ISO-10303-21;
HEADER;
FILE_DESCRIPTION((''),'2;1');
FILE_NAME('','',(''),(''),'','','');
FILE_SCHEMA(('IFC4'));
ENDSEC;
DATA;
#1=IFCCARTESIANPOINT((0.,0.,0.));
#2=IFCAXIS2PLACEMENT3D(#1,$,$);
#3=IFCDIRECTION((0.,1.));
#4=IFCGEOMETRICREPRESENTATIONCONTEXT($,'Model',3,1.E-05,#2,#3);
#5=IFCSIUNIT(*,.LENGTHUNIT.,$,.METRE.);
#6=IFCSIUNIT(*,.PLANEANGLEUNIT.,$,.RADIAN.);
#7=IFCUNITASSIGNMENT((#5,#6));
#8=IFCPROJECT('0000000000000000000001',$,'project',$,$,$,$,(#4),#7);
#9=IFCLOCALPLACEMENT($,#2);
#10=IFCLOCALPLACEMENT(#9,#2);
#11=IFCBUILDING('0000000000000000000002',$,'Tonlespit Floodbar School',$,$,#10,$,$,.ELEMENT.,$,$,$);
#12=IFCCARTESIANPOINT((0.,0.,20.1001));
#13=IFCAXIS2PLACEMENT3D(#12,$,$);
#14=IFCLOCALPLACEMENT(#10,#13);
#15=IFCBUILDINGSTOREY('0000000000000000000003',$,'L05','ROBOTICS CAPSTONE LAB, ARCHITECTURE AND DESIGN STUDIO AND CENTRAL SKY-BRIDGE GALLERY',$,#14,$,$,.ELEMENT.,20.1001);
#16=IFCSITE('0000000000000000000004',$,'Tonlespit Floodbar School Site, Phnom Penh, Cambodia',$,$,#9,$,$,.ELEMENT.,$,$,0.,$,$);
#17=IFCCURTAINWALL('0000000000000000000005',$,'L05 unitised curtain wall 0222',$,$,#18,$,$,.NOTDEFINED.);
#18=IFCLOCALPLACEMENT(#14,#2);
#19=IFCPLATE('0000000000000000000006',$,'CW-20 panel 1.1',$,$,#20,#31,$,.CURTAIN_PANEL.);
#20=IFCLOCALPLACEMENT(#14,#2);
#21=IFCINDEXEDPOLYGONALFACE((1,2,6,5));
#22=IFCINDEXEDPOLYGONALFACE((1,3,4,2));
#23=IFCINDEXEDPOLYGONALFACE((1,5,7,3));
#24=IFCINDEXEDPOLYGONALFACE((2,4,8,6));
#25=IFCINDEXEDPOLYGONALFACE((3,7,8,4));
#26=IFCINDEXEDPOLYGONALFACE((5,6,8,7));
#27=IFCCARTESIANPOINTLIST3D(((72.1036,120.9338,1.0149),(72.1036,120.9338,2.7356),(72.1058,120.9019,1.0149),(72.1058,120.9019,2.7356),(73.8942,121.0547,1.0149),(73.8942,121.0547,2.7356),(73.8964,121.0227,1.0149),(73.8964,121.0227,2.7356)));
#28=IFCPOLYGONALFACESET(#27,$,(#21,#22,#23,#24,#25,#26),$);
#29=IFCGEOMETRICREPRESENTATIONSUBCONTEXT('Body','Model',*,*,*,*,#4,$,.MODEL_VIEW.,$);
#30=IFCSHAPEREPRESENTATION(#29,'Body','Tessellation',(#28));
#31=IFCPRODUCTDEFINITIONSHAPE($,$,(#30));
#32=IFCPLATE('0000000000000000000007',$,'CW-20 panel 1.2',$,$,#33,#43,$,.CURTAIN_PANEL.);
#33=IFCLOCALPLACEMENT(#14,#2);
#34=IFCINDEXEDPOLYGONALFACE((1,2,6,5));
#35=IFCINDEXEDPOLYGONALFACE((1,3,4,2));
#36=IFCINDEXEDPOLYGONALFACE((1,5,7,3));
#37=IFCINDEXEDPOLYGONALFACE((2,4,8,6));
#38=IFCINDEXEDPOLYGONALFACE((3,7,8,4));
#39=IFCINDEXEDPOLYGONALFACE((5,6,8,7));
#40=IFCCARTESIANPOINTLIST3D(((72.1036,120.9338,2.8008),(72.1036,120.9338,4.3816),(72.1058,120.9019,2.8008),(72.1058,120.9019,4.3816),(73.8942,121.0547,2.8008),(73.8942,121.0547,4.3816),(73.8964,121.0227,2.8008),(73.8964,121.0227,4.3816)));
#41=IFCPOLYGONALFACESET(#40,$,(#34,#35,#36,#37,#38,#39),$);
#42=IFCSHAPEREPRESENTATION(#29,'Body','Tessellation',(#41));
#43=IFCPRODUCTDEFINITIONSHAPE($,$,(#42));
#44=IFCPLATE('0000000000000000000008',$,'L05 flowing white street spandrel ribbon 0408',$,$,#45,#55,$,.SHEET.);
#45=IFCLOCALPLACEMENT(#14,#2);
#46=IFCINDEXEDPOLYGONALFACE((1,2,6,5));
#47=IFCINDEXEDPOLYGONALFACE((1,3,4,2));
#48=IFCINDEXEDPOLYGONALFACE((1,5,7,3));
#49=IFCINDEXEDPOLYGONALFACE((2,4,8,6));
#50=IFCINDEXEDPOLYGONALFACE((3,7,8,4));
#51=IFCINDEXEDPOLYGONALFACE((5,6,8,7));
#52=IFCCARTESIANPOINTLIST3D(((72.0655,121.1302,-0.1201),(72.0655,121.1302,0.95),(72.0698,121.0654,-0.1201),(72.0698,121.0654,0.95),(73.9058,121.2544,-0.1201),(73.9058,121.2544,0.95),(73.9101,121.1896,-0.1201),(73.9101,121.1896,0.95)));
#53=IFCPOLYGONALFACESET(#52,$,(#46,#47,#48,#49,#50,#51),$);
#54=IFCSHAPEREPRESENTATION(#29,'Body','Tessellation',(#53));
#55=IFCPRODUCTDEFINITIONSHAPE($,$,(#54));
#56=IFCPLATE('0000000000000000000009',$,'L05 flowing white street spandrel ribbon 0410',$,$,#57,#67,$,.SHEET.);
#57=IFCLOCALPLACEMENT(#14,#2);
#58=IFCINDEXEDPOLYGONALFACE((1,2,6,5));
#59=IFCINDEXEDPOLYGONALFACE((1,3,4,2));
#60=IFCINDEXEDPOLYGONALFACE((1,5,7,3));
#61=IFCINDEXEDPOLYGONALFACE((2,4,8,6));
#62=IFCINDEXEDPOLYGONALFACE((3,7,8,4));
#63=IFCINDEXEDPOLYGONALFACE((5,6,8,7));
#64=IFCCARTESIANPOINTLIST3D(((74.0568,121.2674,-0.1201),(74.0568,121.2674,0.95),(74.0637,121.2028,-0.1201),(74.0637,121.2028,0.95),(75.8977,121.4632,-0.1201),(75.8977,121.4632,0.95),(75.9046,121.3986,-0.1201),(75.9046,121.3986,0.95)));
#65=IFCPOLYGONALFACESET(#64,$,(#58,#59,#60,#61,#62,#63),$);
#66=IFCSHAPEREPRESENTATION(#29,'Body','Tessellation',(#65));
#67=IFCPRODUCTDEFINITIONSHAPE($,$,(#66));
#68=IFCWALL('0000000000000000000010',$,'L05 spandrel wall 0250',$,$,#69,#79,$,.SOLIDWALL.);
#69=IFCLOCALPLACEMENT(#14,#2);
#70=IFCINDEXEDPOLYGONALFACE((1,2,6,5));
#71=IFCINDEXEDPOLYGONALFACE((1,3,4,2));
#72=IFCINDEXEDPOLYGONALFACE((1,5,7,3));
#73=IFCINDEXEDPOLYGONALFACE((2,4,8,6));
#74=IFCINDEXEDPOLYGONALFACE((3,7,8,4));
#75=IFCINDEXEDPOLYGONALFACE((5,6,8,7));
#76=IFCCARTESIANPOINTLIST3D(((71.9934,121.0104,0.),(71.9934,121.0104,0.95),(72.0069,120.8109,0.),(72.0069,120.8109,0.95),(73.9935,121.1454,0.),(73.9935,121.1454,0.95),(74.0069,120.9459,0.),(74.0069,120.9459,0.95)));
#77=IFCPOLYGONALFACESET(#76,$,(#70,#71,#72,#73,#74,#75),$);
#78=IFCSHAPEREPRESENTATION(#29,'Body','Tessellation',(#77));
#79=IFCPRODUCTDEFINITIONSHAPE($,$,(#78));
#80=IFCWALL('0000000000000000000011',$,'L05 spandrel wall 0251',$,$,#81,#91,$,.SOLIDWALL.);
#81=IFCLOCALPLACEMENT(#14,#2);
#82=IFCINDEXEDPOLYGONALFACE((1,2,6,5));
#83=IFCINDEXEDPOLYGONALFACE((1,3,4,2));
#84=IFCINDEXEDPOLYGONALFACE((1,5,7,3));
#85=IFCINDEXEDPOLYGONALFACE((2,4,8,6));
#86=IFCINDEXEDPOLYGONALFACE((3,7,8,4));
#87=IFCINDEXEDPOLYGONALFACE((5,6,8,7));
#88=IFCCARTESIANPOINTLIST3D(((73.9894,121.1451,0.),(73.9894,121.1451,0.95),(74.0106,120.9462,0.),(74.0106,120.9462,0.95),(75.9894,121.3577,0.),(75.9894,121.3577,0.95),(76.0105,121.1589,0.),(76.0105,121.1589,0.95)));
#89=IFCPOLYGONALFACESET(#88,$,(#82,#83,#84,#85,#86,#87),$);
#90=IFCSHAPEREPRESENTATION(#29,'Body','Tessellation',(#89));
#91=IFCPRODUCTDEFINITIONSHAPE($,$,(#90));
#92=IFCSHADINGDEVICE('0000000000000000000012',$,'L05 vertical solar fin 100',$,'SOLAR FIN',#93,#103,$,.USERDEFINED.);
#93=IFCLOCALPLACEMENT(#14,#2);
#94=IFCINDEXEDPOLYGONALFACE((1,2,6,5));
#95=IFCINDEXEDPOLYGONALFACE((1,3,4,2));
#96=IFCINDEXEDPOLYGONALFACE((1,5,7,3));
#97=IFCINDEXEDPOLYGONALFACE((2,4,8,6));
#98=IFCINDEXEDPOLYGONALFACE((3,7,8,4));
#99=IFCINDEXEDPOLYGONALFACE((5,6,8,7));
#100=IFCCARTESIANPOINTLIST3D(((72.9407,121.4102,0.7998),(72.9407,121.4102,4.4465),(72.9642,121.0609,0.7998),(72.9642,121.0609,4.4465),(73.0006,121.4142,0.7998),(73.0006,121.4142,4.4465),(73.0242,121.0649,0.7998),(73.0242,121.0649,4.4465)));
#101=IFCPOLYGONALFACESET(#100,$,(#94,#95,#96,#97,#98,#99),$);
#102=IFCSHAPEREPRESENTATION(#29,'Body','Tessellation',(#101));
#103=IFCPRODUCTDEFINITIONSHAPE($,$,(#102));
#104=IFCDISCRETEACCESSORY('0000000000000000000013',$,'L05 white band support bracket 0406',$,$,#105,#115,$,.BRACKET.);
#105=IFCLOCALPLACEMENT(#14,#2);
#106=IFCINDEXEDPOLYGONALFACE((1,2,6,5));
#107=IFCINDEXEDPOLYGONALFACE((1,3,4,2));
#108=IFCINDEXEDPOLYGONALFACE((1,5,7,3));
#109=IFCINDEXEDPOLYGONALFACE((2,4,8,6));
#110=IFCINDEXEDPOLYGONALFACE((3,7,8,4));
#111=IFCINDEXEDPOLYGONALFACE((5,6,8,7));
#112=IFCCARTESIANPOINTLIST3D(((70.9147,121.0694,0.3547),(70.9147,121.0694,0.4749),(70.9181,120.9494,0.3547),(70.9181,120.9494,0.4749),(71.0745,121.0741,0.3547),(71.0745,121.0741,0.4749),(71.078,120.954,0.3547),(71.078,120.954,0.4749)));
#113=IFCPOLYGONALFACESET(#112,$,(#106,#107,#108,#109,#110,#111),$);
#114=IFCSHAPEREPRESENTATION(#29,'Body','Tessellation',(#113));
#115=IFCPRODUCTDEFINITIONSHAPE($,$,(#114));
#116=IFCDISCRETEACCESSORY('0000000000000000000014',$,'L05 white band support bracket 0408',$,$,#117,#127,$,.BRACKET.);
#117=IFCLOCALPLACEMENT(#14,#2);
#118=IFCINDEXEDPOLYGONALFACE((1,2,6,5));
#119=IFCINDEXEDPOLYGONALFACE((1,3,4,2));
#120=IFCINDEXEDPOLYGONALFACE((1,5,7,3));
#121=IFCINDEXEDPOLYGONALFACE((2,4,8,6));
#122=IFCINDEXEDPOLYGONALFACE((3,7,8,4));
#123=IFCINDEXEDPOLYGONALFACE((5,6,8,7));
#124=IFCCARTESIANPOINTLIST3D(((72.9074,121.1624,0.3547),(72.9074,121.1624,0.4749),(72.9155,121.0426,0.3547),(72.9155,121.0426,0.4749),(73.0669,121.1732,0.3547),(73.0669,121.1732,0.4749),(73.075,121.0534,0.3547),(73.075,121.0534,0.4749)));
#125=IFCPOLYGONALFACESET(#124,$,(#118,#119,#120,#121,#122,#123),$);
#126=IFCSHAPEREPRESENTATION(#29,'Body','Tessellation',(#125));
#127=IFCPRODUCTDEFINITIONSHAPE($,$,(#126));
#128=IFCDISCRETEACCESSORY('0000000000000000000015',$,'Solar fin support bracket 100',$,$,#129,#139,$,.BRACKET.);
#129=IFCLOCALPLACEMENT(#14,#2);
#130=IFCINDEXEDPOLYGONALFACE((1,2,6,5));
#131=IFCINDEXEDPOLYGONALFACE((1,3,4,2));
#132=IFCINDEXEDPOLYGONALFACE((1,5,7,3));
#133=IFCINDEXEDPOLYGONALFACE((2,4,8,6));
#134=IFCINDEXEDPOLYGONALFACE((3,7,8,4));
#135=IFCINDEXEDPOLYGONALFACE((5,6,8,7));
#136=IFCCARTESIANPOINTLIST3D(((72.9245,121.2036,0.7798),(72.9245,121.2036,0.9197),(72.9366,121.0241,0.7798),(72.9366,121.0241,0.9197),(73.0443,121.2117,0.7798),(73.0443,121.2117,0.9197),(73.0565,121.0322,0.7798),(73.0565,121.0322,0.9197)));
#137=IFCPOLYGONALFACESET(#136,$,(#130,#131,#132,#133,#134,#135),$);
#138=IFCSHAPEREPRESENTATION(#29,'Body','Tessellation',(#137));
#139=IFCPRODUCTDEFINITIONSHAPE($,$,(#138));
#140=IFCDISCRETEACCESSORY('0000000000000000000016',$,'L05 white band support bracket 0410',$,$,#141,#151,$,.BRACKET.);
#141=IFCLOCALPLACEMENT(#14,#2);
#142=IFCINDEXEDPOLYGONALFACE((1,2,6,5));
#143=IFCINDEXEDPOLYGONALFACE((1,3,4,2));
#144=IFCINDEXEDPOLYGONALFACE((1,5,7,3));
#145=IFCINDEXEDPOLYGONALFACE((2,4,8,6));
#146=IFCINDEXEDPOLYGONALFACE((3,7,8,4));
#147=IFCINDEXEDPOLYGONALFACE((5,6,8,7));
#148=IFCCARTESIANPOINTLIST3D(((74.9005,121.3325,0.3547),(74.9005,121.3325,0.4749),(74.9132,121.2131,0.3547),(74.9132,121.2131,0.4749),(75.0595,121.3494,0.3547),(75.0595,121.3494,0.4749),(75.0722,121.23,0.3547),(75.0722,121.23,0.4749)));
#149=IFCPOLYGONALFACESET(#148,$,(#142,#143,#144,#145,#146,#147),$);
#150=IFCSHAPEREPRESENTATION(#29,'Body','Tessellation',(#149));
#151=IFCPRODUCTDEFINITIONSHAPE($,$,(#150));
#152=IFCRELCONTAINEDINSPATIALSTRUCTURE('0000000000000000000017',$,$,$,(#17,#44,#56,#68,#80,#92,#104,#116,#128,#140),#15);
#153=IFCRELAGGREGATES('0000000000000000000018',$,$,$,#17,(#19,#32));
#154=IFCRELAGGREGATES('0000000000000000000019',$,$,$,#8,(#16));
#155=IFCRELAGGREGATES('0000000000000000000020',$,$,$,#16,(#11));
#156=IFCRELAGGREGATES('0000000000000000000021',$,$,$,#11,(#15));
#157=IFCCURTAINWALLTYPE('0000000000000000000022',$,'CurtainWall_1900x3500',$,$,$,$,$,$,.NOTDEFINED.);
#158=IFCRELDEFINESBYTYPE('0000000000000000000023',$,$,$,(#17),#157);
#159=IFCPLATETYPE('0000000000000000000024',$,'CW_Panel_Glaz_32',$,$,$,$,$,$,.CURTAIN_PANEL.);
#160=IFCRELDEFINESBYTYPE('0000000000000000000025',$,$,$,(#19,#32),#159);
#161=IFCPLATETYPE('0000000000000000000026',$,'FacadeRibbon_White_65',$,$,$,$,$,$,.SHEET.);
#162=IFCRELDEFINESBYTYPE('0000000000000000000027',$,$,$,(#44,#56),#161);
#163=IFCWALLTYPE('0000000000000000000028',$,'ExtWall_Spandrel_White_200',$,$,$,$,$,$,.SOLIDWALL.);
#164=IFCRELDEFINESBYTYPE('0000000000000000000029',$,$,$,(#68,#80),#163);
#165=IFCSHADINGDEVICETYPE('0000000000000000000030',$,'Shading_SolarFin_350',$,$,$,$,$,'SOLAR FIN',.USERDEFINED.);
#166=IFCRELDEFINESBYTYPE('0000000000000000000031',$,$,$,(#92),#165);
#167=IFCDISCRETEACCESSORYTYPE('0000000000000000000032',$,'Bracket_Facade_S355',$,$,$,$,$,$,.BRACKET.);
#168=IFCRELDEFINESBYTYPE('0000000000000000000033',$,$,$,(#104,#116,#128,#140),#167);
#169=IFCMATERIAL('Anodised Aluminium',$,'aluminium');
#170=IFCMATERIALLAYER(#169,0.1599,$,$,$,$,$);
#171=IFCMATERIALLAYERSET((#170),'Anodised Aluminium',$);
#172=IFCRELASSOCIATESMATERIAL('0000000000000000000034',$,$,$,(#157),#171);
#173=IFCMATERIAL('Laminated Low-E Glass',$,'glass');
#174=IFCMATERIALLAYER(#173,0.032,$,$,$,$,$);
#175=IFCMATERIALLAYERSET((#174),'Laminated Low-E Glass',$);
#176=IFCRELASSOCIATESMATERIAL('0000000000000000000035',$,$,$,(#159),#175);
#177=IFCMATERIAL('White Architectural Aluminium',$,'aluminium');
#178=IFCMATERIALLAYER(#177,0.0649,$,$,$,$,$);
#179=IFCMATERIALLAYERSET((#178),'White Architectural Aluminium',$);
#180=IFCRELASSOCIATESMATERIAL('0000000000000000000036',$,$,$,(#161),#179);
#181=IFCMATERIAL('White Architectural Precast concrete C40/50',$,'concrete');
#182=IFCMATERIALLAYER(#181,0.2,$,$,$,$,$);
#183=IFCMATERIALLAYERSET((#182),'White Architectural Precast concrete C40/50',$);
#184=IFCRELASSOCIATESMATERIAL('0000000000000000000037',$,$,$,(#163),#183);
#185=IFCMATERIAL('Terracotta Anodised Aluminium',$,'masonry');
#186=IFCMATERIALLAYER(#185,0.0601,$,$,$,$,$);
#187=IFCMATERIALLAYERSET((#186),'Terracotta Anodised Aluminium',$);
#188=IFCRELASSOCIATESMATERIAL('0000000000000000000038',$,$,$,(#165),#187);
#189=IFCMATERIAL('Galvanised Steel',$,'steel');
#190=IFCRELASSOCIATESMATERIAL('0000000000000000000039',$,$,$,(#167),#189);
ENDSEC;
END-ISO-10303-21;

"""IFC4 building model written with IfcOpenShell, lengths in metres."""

from ifc_helpers import new_model, si_unit, direction, frame, frame_2d, origin, origin_2d, place, context, subcontext, project, spatial, rectangle, extrude, material, layer, layer_set, type_object, element, aggregate, save


model = new_model("IFC4")

# Units and contexts
model_context = context("Model", 3, precision=1e-05, world=origin(), true_north=direction((0.0, 1.0)))
body_context = subcontext(model_context, "Body", "Model", "MODEL_VIEW")
ifc_project = project(units=[si_unit("LENGTHUNIT", "METRE"), si_unit("PLANEANGLEUNIT", "RADIAN")], contexts=[model_context])

# Site, building, storey
site_placement = place(None, origin())
site = spatial("IfcSite", under=ifc_project, at=site_placement, Name="Tonlespit Floodbar School Site, Phnom Penh, Cambodia", CompositionType="ELEMENT", RefElevation=0.0)
building_placement = place(site_placement, origin())
building = spatial("IfcBuilding", under=site, at=building_placement, Name="Tonlespit Floodbar School", CompositionType="ELEMENT")
storey_placement = place(building_placement, frame((0.0, 0.0, 20.1001)))
storey = spatial("IfcBuildingStorey", under=building, at=storey_placement, Name="L05", Description="ROBOTICS CAPSTONE LAB, ARCHITECTURE AND DESIGN STUDIO AND CENTRAL SKY-BRIDGE GALLERY", CompositionType="ELEMENT", Elevation=20.1001)

# Curtain wall
ifc_material_1 = material(Name="Anodised Aluminium", Category="aluminium")
ifc_layer_1 = layer(ifc_material_1, 0.1599)
ifc_layer_set_1 = layer_set([ifc_layer_1], Name="Anodised Aluminium")
curtain_wall_type_1 = type_object("IfcCurtainWallType", Name="CurtainWall_1900x3500", PredefinedType="NOTDEFINED", material=ifc_layer_set_1)
curtain_wall_1_placement = place(storey_placement, origin())
curtain_wall_1 = element("IfcCurtainWall", 1, at=curtain_wall_1_placement, inside=storey, type_object=curtain_wall_type_1, Name="L05 unitised curtain wall 0222", PredefinedType="NOTDEFINED")

# Plates
ifc_material_2 = material(Name="Laminated Low-E Glass", Category="glass")
ifc_layer_2 = layer(ifc_material_2, 0.032)
ifc_layer_set_2 = layer_set([ifc_layer_2], Name="Laminated Low-E Glass")
plate_type_1 = type_object("IfcPlateType", Name="CW_Panel_Glaz_32", PredefinedType="CURTAIN_PANEL", material=ifc_layer_set_2)
plate_1_placement = place(storey_placement, frame((73.0, 120.9783, 1.0149), z_axis=(0.0, 0.0, 1.0), x_axis=(0.99773, 0.06734, 0.0)))
plate_1 = element("IfcPlate", 2, at=plate_1_placement, type_object=plate_type_1, Name="CW-20 panel 1.1", PredefinedType="CURTAIN_PANEL", context=body_context, shape_type="SweptSolid", body=[
    extrude(rectangle(XDim=1.7947, YDim=0.032, at=origin_2d()), origin(), (0.0, 0.0, 1.0), 1.7207),
])
plate_2_placement = place(storey_placement, frame((73.0, 120.9783, 2.8008), z_axis=(0.0, 0.0, 1.0), x_axis=(0.99773, 0.06734, 0.0)))
plate_2 = element("IfcPlate", 3, at=plate_2_placement, type_object=plate_type_1, Name="CW-20 panel 1.2", PredefinedType="CURTAIN_PANEL", context=body_context, shape_type="SweptSolid", body=[
    extrude(rectangle(XDim=1.7947, YDim=0.032, at=origin_2d()), origin(), (0.0, 0.0, 1.0), 1.5808),
])
aggregate(curtain_wall_1, [plate_1, plate_2])

# Plates
ifc_material_3 = material(Name="White Architectural Aluminium", Category="aluminium")
ifc_layer_3 = layer(ifc_material_3, 0.0649)
ifc_layer_set_3 = layer_set([ifc_layer_3], Name="White Architectural Aluminium")
plate_type_2 = type_object("IfcPlateType", Name="FacadeRibbon_White_65", PredefinedType="SHEET", material=ifc_layer_set_3)
plate_3_placement = place(storey_placement, frame((72.9878, 121.1599, -0.1201), z_axis=(0.0, 0.0, 1.0), x_axis=(0.99773, 0.067347, 0.0)))
element("IfcPlate", 4, at=plate_3_placement, inside=storey, type_object=plate_type_2, Name="L05 flowing white street spandrel ribbon 0408", PredefinedType="SHEET", context=body_context, shape_type="SweptSolid", body=[
    extrude(rectangle(XDim=1.8445, YDim=0.0649, at=origin_2d()), origin(), (0.0, 0.0, 1.0), 1.0701),
])
plate_4_placement = place(storey_placement, frame((74.9807, 121.333, -0.1201), z_axis=(0.0, 0.0, 1.0), x_axis=(0.994392, 0.105754, 0.0)))
element("IfcPlate", 5, at=plate_4_placement, inside=storey, type_object=plate_type_2, Name="L05 flowing white street spandrel ribbon 0410", PredefinedType="SHEET", context=body_context, shape_type="SweptSolid", body=[
    extrude(rectangle(XDim=1.8513, YDim=0.0649, at=origin_2d()), origin(), (0.0, 0.0, 1.0), 1.0701),
])

# Walls
ifc_material_4 = material(Name="White Architectural Precast concrete C40/50", Category="concrete")
ifc_layer_4 = layer(ifc_material_4, 0.2)
ifc_layer_set_4 = layer_set([ifc_layer_4], Name="White Architectural Precast concrete C40/50")
wall_type = type_object("IfcWallType", Name="ExtWall_Spandrel_White_200", PredefinedType="SOLIDWALL", material=ifc_layer_set_4)
wall_1_placement = place(storey_placement, frame((72.0, 120.9106, 0.0), z_axis=(0.0, 0.0, 1.0), x_axis=(0.997729, 0.067352, 0.0)))
element("IfcWall", 6, at=wall_1_placement, inside=storey, type_object=wall_type, Name="L05 spandrel wall 0250", PredefinedType="SOLIDWALL", context=body_context, shape_type="SweptSolid", body=[
    extrude(rectangle(XDim=2.0046, YDim=0.2, at=frame_2d((1.0024, 0.0))), origin(), (0.0, 0.0, 1.0), 0.95),
])
wall_2_placement = place(storey_placement, frame((74.0, 121.0457, 0.0), z_axis=(0.0, 0.0, 1.0), x_axis=(0.994395, 0.105727, 0.0)))
element("IfcWall", 7, at=wall_2_placement, inside=storey, type_object=wall_type, Name="L05 spandrel wall 0251", PredefinedType="SOLIDWALL", context=body_context, shape_type="SweptSolid", body=[
    extrude(rectangle(XDim=2.0112, YDim=0.2, at=frame_2d((1.0056, 0.0))), origin(), (0.0, 0.0, 1.0), 0.95),
])

# Shading device
ifc_material_5 = material(Name="Terracotta Anodised Aluminium", Category="masonry")
ifc_layer_5 = layer(ifc_material_5, 0.0601)
ifc_layer_set_5 = layer_set([ifc_layer_5], Name="Terracotta Anodised Aluminium")
shading_device_type = type_object("IfcShadingDeviceType", Name="Shading_SolarFin_350", ElementType="SOLAR FIN", PredefinedType="USERDEFINED", material=ifc_layer_set_5)
shading_device_placement = place(storey_placement, frame((72.9824, 121.2375, 0.7998), z_axis=(0.0, 0.0, 1.0), x_axis=(0.99773, 0.067347, 0.0)))
element("IfcShadingDevice", 8, at=shading_device_placement, inside=storey, type_object=shading_device_type, Name="L05 vertical solar fin 100", ObjectType="SOLAR FIN", PredefinedType="USERDEFINED", context=body_context, shape_type="SweptSolid", body=[
    extrude(rectangle(XDim=0.0601, YDim=0.3501, at=origin_2d()), origin(), (0.0, 0.0, 1.0), 3.6467),
])

# Discrete accessories
ifc_material_6 = material(Name="Galvanised Steel", Category="steel")
discrete_accessory_type = type_object("IfcDiscreteAccessoryType", Name="Bracket_Facade_S355", PredefinedType="BRACKET", material=ifc_material_6)
for number, where, z_axis, x_axis, name in (
    (9, (70.9963, 121.0117, 0.3547), (0.0, 0.0, 1.0), (0.999584, 0.028838, 0.0), "L05 white band support bracket 0406"),
    (10, (72.9912, 121.1079, 0.3547), (0.0, 0.0, 1.0), (0.99773, 0.067347, 0.0), "L05 white band support bracket 0408"),
):
    element("IfcDiscreteAccessory", number, at=place(storey_placement, frame(where, z_axis=z_axis, x_axis=x_axis)), inside=storey, type_object=discrete_accessory_type, Name=name, PredefinedType="BRACKET", context=body_context, shape_type="SweptSolid", body=[
        extrude(rectangle(XDim=0.1599, YDim=0.1201, at=origin_2d()), origin(), (0.0, 0.0, 1.0), 0.1201),
    ])
discrete_accessory_1_placement = place(storey_placement, frame((72.9905, 121.1179, 0.7798), z_axis=(0.0, 0.0, 1.0), x_axis=(0.99773, 0.067347, 0.0)))
element("IfcDiscreteAccessory", 11, at=discrete_accessory_1_placement, inside=storey, type_object=discrete_accessory_type, Name="Solar fin support bracket 100", PredefinedType="BRACKET", context=body_context, shape_type="SweptSolid", body=[
    extrude(rectangle(XDim=0.1201, YDim=0.1799, at=origin_2d()), origin(), (0.0, 0.0, 1.0), 0.1399),
])
discrete_accessory_2_placement = place(storey_placement, frame((74.9863, 121.2812, 0.3547), z_axis=(0.0, 0.0, 1.0), x_axis=(0.994392, 0.105754, 0.0)))
element("IfcDiscreteAccessory", 12, at=discrete_accessory_2_placement, inside=storey, type_object=discrete_accessory_type, Name="L05 white band support bracket 0410", PredefinedType="BRACKET", context=body_context, shape_type="SweptSolid", body=[
    extrude(rectangle(XDim=0.1599, YDim=0.1201, at=origin_2d()), origin(), (0.0, 0.0, 1.0), 0.1201),
])

save(model, "model.ifc")
